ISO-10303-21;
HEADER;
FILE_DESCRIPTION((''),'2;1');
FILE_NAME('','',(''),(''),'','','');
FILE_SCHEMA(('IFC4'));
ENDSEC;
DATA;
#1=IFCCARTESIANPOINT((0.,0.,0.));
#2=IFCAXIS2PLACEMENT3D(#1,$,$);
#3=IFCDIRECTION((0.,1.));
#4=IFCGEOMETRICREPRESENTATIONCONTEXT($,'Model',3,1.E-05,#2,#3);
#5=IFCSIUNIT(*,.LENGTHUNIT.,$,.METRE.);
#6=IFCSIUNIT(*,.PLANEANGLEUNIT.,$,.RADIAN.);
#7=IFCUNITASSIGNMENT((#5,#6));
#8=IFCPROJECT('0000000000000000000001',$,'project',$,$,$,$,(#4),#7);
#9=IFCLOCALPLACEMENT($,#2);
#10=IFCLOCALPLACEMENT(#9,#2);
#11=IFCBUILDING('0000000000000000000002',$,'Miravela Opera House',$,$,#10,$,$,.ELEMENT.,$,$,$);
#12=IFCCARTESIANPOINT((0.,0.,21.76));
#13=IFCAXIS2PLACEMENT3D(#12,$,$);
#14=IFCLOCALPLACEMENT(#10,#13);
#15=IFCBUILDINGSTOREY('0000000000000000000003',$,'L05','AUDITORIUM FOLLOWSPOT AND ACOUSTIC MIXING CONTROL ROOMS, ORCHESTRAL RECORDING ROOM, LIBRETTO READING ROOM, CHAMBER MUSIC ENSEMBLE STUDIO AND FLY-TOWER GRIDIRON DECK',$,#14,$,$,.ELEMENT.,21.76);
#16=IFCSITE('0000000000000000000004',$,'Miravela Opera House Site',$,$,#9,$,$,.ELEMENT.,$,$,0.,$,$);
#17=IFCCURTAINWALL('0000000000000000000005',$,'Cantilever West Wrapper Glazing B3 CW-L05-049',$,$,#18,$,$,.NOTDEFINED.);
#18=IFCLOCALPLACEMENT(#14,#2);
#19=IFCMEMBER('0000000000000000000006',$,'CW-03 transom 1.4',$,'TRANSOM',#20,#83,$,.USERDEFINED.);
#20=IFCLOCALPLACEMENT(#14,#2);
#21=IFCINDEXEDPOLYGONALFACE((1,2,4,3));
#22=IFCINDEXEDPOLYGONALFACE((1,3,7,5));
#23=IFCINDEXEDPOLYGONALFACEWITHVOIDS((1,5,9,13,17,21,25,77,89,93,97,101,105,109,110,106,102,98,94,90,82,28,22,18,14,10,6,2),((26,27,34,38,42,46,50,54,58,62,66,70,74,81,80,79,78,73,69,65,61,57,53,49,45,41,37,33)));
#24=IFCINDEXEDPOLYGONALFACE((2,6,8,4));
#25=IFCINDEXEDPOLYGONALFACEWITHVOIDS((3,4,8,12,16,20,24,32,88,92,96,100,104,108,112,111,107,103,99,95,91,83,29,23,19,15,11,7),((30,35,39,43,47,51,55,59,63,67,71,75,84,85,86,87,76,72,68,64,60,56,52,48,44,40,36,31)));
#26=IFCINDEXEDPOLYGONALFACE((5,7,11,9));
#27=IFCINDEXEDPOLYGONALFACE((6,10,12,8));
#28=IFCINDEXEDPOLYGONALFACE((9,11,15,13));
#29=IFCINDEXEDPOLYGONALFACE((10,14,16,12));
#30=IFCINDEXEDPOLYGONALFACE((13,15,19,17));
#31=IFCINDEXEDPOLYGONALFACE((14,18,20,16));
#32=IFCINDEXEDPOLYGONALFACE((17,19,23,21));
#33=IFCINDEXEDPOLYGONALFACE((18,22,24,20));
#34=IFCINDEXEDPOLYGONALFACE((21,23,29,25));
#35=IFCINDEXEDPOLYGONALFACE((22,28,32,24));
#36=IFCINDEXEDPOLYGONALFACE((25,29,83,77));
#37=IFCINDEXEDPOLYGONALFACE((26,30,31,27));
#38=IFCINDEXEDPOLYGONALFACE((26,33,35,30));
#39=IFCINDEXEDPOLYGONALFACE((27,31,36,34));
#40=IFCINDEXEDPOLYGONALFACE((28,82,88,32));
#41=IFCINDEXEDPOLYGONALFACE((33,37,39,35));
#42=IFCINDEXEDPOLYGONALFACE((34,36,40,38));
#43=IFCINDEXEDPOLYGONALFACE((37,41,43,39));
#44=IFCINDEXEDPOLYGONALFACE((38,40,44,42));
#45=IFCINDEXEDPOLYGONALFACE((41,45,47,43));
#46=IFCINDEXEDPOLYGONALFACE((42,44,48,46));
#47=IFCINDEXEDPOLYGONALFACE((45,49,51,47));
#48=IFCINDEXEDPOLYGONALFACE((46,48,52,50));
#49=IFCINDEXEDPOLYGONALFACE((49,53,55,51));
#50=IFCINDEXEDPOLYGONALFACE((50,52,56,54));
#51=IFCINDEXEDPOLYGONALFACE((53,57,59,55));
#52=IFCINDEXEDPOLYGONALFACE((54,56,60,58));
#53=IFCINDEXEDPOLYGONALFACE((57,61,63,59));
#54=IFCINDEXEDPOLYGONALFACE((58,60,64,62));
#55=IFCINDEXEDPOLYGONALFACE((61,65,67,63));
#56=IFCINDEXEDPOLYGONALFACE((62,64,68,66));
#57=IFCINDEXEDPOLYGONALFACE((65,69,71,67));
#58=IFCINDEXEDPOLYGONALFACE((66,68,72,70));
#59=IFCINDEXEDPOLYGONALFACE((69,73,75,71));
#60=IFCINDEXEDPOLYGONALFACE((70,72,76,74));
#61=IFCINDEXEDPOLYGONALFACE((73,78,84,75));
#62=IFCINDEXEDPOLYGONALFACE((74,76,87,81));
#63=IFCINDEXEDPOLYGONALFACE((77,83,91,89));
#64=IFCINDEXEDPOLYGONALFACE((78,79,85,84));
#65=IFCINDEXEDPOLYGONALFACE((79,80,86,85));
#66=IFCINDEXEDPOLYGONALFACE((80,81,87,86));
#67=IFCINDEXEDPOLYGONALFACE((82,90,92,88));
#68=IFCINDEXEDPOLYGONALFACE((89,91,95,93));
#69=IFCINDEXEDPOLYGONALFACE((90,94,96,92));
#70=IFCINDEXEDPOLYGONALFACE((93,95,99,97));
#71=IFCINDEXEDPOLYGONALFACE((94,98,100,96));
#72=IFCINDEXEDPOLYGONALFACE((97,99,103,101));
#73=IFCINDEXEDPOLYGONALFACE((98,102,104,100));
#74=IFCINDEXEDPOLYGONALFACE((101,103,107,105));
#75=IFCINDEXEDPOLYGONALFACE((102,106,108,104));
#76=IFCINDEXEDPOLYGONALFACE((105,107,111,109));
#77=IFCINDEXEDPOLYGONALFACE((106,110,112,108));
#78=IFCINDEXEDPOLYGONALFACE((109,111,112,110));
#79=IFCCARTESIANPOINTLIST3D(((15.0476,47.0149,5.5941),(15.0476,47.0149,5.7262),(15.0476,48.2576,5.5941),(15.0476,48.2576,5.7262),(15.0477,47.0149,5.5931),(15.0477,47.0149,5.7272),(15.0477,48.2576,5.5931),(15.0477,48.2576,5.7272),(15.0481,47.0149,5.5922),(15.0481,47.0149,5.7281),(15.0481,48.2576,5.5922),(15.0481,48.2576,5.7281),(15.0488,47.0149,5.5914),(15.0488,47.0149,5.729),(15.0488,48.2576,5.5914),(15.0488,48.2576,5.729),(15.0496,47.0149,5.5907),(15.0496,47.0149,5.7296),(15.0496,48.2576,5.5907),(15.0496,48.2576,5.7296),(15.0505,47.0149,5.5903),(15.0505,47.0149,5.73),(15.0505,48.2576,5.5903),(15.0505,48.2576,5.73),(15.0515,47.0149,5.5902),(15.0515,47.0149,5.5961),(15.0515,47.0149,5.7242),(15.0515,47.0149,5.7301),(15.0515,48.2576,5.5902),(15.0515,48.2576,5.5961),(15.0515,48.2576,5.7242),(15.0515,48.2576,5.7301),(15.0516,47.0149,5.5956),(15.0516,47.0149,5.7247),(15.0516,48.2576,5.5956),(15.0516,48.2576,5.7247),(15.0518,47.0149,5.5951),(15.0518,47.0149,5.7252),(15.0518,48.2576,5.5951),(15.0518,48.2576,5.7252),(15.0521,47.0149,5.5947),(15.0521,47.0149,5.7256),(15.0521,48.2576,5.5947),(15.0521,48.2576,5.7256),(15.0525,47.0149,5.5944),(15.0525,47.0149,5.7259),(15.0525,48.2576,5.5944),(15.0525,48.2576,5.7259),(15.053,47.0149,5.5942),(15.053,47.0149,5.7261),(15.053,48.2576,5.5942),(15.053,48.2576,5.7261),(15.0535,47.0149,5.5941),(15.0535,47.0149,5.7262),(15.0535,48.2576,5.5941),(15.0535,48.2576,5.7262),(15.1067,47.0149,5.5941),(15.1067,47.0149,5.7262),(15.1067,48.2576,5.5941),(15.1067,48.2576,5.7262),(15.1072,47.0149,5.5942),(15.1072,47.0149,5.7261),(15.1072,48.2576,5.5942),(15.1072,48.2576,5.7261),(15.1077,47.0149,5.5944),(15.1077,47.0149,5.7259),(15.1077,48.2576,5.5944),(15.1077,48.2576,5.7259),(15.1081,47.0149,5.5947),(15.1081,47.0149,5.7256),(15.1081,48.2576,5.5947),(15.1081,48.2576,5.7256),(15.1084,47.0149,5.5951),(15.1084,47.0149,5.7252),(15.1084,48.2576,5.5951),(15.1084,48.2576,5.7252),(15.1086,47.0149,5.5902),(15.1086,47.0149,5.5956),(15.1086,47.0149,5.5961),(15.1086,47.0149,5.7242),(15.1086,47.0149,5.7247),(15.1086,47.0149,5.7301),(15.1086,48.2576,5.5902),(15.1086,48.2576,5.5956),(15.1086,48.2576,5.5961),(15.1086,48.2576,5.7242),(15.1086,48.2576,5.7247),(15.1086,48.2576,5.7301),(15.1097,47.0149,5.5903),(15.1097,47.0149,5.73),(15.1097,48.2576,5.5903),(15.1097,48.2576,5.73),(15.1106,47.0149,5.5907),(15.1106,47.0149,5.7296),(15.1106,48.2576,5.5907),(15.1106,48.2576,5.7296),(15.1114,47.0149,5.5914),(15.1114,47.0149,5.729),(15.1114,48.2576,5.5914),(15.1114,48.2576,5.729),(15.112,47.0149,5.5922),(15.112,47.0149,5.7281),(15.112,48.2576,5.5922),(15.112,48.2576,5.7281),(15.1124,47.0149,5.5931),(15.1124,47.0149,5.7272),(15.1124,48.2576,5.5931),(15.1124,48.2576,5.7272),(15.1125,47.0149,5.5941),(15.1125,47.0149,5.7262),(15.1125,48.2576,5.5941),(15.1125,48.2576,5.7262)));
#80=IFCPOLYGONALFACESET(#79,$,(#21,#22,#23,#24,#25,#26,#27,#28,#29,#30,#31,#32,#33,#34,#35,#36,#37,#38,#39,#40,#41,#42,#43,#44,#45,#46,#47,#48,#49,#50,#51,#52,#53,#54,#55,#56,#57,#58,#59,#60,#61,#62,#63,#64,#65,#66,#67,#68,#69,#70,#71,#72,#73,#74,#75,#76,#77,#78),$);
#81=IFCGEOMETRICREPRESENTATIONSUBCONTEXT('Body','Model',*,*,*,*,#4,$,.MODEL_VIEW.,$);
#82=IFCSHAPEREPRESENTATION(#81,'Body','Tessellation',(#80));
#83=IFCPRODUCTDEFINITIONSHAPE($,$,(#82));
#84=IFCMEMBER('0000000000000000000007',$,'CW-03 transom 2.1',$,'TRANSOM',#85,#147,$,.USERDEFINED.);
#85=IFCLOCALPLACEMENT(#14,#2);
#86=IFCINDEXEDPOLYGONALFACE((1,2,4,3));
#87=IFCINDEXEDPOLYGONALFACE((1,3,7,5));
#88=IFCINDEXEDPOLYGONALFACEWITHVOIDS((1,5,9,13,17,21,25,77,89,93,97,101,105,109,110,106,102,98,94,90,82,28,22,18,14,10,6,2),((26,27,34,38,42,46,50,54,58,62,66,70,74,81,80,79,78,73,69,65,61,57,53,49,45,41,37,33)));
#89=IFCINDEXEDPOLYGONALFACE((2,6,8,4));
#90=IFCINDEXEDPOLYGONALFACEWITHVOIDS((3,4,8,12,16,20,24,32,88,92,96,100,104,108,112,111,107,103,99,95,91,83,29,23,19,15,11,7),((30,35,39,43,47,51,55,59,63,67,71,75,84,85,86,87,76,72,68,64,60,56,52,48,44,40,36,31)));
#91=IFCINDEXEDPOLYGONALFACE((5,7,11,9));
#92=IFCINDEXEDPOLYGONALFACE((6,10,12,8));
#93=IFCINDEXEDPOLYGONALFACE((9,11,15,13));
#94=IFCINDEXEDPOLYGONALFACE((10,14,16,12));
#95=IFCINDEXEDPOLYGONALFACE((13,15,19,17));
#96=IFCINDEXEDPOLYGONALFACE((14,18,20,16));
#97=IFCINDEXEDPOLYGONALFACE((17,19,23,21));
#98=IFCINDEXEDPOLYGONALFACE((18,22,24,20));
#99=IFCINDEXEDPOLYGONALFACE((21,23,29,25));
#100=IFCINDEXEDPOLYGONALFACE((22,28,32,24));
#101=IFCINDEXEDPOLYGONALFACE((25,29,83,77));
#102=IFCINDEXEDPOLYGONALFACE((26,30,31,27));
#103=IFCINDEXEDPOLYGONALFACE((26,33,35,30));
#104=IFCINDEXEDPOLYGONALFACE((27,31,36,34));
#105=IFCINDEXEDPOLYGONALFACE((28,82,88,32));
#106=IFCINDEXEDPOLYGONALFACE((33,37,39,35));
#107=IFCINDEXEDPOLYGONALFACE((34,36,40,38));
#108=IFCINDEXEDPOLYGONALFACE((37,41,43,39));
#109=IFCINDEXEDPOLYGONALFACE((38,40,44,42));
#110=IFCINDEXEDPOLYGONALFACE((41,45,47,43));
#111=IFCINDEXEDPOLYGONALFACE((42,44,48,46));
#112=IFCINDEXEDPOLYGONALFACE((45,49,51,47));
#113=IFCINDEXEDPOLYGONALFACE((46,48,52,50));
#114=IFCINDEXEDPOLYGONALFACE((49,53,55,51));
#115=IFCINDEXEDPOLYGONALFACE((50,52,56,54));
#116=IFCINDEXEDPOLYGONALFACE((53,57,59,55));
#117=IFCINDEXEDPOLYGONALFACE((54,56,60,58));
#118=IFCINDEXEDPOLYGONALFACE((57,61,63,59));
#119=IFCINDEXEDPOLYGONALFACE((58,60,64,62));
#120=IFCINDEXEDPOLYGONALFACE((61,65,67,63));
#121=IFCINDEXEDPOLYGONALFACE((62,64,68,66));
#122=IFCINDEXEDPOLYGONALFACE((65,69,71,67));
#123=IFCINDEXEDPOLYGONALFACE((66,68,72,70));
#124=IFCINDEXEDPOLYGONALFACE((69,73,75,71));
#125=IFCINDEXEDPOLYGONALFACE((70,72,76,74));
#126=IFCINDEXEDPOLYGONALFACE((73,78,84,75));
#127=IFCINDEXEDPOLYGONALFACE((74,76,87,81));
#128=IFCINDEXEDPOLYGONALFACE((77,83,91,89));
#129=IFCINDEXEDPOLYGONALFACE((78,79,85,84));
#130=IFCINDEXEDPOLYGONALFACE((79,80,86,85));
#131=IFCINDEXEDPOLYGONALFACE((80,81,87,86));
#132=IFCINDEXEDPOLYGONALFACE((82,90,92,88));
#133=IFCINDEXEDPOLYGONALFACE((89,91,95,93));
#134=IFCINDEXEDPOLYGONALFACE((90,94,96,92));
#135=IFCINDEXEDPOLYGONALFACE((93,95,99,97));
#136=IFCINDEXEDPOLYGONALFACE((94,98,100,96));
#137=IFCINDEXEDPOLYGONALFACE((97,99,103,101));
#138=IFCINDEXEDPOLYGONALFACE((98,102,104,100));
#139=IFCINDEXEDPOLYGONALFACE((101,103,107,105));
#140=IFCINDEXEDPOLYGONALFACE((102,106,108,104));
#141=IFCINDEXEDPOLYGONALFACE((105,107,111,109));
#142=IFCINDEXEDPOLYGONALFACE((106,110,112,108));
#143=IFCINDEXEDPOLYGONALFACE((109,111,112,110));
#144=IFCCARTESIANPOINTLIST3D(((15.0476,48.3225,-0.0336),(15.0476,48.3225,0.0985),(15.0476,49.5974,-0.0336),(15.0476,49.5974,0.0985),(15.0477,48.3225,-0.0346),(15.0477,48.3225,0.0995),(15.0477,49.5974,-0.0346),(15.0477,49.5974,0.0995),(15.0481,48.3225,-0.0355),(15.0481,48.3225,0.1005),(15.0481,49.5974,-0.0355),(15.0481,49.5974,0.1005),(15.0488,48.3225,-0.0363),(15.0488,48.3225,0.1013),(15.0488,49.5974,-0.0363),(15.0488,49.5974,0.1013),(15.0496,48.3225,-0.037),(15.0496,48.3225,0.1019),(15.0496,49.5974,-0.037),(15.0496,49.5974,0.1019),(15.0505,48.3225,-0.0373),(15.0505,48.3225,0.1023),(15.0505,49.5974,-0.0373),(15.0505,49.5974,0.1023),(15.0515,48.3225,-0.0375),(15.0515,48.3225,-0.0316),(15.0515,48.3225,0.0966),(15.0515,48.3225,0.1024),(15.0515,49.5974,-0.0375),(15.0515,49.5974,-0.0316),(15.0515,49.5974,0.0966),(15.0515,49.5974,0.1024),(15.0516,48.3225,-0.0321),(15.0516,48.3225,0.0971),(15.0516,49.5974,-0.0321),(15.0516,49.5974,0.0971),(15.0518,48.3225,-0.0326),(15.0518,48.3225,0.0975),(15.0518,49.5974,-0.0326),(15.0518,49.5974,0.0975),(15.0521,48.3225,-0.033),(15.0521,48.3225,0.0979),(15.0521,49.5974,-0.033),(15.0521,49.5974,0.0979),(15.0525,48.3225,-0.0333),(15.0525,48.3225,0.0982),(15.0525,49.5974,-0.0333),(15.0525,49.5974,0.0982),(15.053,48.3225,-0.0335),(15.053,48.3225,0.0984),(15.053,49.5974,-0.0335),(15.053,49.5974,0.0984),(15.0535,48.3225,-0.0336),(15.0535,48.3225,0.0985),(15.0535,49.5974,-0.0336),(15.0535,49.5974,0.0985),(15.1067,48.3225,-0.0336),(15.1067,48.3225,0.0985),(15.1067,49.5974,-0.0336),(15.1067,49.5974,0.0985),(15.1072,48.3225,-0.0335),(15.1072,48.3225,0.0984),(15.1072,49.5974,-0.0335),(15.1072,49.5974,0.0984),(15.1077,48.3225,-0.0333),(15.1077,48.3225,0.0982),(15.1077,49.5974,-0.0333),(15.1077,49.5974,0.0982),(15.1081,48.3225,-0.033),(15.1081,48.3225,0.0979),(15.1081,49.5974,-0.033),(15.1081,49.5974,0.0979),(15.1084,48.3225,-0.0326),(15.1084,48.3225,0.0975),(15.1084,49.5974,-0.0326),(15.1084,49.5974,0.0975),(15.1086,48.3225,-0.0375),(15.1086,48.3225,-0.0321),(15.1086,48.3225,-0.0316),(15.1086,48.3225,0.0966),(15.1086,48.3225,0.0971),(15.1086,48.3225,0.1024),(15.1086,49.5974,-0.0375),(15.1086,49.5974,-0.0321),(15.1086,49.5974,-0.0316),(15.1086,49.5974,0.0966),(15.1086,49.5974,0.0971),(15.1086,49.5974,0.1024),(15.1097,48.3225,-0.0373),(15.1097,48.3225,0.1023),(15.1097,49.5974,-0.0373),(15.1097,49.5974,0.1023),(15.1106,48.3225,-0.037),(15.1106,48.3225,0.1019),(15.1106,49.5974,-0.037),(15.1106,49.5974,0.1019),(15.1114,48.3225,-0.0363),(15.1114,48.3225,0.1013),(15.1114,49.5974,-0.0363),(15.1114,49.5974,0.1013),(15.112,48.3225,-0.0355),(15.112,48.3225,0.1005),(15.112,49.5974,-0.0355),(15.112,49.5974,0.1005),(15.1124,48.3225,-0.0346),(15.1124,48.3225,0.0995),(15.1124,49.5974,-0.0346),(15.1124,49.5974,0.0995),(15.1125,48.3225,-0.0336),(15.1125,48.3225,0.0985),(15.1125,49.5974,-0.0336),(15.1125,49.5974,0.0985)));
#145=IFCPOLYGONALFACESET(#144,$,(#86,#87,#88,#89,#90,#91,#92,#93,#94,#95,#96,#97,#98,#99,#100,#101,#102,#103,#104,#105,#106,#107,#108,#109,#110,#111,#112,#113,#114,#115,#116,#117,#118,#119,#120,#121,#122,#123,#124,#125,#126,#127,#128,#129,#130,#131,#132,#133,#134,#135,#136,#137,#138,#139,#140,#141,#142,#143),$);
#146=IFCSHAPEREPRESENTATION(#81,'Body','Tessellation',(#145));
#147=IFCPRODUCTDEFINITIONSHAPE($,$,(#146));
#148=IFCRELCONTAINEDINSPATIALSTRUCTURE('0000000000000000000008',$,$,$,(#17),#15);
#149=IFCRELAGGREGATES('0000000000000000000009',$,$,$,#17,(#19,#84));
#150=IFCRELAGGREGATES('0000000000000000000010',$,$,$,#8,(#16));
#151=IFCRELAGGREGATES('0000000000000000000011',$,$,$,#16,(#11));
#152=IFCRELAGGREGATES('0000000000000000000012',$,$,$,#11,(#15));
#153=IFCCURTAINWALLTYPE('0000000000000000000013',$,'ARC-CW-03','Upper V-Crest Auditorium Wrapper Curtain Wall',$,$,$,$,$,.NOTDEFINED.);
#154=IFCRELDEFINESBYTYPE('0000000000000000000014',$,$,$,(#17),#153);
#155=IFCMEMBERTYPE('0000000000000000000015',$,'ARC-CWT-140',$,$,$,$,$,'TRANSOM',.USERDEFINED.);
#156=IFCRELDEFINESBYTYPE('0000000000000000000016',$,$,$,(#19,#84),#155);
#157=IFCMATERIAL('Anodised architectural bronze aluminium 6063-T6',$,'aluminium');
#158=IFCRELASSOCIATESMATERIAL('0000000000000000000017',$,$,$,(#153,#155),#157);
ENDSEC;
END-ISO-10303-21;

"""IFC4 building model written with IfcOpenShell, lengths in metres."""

from ifc_helpers import new_model, si_unit, direction, frame, origin, origin_2d, place, context, subcontext, project, spatial, hollow_rectangle, extrude, material, material_profile, profile_set, type_object, element, aggregate, save


model = new_model("IFC4")

# Units and contexts
model_context = context("Model", 3, precision=1e-05, world=origin(), true_north=direction((0.0, 1.0)))
body_context = subcontext(model_context, "Body", "Model", "MODEL_VIEW")
ifc_project = project(units=[si_unit("LENGTHUNIT", "METRE"), si_unit("PLANEANGLEUNIT", "RADIAN")], contexts=[model_context])

# Site, building, storey
site_placement = place(None, origin())
site = spatial("IfcSite", under=ifc_project, at=site_placement, Name="Miravela Opera House Site", CompositionType="ELEMENT", RefElevation=0.0)
building_placement = place(site_placement, origin())
building = spatial("IfcBuilding", under=site, at=building_placement, Name="Miravela Opera House", CompositionType="ELEMENT")
storey_placement = place(building_placement, frame((0.0, 0.0, 21.76)))
storey = spatial("IfcBuildingStorey", under=building, at=storey_placement, Name="L05", Description="AUDITORIUM FOLLOWSPOT AND ACOUSTIC MIXING CONTROL ROOMS, ORCHESTRAL RECORDING ROOM, LIBRETTO READING ROOM, CHAMBER MUSIC ENSEMBLE STUDIO AND FLY-TOWER GRIDIRON DECK", CompositionType="ELEMENT", Elevation=21.76)

# Shared definitions
ifc_material_1 = material(Name="Anodised architectural bronze aluminium 6063-T6", Category="aluminium")
curtain_wall_type = type_object("IfcCurtainWallType", Name="ARC-CW-03", Description="Upper V-Crest Auditorium Wrapper Curtain Wall", PredefinedType="NOTDEFINED", material=ifc_material_1)

# Curtain wall, members
curtain_wall_1_placement = place(storey_placement, origin())
curtain_wall_1 = element("IfcCurtainWall", 1, at=curtain_wall_1_placement, inside=storey, type_object=curtain_wall_type, Name="Cantilever West Wrapper Glazing B3 CW-L05-049", PredefinedType="NOTDEFINED")
ifc_material_profile_1 = material_profile(ifc_material_1, hollow_rectangle(XDim=0.0649, YDim=0.1399, WallThickness=0.0039, InnerFilletRadius=0.002, OuterFilletRadius=0.0039, at=origin_2d()), Name="CWT-65X140")
ifc_profile_set_1 = profile_set([ifc_material_profile_1])
member_type_1 = type_object("IfcMemberType", Name="ARC-CWT-140", ElementType="TRANSOM", PredefinedType="USERDEFINED", material=ifc_profile_set_1)
member_1_placement = place(storey_placement, frame((15.0801, 47.0149, 5.6602), z_axis=(0.0, 1.0, 0.0), x_axis=(-1.0, 0.0, 0.0)))
member_1 = element("IfcMember", 2, at=member_1_placement, type_object=member_type_1, Name="CW-03 transom 1.4", ObjectType="TRANSOM", PredefinedType="USERDEFINED", context=body_context, shape_type="SweptSolid", body=[
    extrude(hollow_rectangle(XDim=0.0649, YDim=0.1399, WallThickness=0.0039, InnerFilletRadius=0.002, OuterFilletRadius=0.0039, at=origin_2d()), origin(), (0.0, 0.0, 1.0), 1.2427),
])
member_2_placement = place(storey_placement, frame((15.0801, 48.3225, 0.0325), z_axis=(0.0, 1.0, 0.0), x_axis=(-1.0, 0.0, 0.0)))
member_2 = element("IfcMember", 3, at=member_2_placement, type_object=member_type_1, Name="CW-03 transom 2.1", ObjectType="TRANSOM", PredefinedType="USERDEFINED", context=body_context, shape_type="SweptSolid", body=[
    extrude(hollow_rectangle(XDim=0.0649, YDim=0.1399, WallThickness=0.0039, InnerFilletRadius=0.002, OuterFilletRadius=0.0039, at=origin_2d()), origin(), (0.0, 0.0, 1.0), 1.2749),
])

aggregate(curtain_wall_1, [member_1, member_2])

save(model, "model.ifc")
